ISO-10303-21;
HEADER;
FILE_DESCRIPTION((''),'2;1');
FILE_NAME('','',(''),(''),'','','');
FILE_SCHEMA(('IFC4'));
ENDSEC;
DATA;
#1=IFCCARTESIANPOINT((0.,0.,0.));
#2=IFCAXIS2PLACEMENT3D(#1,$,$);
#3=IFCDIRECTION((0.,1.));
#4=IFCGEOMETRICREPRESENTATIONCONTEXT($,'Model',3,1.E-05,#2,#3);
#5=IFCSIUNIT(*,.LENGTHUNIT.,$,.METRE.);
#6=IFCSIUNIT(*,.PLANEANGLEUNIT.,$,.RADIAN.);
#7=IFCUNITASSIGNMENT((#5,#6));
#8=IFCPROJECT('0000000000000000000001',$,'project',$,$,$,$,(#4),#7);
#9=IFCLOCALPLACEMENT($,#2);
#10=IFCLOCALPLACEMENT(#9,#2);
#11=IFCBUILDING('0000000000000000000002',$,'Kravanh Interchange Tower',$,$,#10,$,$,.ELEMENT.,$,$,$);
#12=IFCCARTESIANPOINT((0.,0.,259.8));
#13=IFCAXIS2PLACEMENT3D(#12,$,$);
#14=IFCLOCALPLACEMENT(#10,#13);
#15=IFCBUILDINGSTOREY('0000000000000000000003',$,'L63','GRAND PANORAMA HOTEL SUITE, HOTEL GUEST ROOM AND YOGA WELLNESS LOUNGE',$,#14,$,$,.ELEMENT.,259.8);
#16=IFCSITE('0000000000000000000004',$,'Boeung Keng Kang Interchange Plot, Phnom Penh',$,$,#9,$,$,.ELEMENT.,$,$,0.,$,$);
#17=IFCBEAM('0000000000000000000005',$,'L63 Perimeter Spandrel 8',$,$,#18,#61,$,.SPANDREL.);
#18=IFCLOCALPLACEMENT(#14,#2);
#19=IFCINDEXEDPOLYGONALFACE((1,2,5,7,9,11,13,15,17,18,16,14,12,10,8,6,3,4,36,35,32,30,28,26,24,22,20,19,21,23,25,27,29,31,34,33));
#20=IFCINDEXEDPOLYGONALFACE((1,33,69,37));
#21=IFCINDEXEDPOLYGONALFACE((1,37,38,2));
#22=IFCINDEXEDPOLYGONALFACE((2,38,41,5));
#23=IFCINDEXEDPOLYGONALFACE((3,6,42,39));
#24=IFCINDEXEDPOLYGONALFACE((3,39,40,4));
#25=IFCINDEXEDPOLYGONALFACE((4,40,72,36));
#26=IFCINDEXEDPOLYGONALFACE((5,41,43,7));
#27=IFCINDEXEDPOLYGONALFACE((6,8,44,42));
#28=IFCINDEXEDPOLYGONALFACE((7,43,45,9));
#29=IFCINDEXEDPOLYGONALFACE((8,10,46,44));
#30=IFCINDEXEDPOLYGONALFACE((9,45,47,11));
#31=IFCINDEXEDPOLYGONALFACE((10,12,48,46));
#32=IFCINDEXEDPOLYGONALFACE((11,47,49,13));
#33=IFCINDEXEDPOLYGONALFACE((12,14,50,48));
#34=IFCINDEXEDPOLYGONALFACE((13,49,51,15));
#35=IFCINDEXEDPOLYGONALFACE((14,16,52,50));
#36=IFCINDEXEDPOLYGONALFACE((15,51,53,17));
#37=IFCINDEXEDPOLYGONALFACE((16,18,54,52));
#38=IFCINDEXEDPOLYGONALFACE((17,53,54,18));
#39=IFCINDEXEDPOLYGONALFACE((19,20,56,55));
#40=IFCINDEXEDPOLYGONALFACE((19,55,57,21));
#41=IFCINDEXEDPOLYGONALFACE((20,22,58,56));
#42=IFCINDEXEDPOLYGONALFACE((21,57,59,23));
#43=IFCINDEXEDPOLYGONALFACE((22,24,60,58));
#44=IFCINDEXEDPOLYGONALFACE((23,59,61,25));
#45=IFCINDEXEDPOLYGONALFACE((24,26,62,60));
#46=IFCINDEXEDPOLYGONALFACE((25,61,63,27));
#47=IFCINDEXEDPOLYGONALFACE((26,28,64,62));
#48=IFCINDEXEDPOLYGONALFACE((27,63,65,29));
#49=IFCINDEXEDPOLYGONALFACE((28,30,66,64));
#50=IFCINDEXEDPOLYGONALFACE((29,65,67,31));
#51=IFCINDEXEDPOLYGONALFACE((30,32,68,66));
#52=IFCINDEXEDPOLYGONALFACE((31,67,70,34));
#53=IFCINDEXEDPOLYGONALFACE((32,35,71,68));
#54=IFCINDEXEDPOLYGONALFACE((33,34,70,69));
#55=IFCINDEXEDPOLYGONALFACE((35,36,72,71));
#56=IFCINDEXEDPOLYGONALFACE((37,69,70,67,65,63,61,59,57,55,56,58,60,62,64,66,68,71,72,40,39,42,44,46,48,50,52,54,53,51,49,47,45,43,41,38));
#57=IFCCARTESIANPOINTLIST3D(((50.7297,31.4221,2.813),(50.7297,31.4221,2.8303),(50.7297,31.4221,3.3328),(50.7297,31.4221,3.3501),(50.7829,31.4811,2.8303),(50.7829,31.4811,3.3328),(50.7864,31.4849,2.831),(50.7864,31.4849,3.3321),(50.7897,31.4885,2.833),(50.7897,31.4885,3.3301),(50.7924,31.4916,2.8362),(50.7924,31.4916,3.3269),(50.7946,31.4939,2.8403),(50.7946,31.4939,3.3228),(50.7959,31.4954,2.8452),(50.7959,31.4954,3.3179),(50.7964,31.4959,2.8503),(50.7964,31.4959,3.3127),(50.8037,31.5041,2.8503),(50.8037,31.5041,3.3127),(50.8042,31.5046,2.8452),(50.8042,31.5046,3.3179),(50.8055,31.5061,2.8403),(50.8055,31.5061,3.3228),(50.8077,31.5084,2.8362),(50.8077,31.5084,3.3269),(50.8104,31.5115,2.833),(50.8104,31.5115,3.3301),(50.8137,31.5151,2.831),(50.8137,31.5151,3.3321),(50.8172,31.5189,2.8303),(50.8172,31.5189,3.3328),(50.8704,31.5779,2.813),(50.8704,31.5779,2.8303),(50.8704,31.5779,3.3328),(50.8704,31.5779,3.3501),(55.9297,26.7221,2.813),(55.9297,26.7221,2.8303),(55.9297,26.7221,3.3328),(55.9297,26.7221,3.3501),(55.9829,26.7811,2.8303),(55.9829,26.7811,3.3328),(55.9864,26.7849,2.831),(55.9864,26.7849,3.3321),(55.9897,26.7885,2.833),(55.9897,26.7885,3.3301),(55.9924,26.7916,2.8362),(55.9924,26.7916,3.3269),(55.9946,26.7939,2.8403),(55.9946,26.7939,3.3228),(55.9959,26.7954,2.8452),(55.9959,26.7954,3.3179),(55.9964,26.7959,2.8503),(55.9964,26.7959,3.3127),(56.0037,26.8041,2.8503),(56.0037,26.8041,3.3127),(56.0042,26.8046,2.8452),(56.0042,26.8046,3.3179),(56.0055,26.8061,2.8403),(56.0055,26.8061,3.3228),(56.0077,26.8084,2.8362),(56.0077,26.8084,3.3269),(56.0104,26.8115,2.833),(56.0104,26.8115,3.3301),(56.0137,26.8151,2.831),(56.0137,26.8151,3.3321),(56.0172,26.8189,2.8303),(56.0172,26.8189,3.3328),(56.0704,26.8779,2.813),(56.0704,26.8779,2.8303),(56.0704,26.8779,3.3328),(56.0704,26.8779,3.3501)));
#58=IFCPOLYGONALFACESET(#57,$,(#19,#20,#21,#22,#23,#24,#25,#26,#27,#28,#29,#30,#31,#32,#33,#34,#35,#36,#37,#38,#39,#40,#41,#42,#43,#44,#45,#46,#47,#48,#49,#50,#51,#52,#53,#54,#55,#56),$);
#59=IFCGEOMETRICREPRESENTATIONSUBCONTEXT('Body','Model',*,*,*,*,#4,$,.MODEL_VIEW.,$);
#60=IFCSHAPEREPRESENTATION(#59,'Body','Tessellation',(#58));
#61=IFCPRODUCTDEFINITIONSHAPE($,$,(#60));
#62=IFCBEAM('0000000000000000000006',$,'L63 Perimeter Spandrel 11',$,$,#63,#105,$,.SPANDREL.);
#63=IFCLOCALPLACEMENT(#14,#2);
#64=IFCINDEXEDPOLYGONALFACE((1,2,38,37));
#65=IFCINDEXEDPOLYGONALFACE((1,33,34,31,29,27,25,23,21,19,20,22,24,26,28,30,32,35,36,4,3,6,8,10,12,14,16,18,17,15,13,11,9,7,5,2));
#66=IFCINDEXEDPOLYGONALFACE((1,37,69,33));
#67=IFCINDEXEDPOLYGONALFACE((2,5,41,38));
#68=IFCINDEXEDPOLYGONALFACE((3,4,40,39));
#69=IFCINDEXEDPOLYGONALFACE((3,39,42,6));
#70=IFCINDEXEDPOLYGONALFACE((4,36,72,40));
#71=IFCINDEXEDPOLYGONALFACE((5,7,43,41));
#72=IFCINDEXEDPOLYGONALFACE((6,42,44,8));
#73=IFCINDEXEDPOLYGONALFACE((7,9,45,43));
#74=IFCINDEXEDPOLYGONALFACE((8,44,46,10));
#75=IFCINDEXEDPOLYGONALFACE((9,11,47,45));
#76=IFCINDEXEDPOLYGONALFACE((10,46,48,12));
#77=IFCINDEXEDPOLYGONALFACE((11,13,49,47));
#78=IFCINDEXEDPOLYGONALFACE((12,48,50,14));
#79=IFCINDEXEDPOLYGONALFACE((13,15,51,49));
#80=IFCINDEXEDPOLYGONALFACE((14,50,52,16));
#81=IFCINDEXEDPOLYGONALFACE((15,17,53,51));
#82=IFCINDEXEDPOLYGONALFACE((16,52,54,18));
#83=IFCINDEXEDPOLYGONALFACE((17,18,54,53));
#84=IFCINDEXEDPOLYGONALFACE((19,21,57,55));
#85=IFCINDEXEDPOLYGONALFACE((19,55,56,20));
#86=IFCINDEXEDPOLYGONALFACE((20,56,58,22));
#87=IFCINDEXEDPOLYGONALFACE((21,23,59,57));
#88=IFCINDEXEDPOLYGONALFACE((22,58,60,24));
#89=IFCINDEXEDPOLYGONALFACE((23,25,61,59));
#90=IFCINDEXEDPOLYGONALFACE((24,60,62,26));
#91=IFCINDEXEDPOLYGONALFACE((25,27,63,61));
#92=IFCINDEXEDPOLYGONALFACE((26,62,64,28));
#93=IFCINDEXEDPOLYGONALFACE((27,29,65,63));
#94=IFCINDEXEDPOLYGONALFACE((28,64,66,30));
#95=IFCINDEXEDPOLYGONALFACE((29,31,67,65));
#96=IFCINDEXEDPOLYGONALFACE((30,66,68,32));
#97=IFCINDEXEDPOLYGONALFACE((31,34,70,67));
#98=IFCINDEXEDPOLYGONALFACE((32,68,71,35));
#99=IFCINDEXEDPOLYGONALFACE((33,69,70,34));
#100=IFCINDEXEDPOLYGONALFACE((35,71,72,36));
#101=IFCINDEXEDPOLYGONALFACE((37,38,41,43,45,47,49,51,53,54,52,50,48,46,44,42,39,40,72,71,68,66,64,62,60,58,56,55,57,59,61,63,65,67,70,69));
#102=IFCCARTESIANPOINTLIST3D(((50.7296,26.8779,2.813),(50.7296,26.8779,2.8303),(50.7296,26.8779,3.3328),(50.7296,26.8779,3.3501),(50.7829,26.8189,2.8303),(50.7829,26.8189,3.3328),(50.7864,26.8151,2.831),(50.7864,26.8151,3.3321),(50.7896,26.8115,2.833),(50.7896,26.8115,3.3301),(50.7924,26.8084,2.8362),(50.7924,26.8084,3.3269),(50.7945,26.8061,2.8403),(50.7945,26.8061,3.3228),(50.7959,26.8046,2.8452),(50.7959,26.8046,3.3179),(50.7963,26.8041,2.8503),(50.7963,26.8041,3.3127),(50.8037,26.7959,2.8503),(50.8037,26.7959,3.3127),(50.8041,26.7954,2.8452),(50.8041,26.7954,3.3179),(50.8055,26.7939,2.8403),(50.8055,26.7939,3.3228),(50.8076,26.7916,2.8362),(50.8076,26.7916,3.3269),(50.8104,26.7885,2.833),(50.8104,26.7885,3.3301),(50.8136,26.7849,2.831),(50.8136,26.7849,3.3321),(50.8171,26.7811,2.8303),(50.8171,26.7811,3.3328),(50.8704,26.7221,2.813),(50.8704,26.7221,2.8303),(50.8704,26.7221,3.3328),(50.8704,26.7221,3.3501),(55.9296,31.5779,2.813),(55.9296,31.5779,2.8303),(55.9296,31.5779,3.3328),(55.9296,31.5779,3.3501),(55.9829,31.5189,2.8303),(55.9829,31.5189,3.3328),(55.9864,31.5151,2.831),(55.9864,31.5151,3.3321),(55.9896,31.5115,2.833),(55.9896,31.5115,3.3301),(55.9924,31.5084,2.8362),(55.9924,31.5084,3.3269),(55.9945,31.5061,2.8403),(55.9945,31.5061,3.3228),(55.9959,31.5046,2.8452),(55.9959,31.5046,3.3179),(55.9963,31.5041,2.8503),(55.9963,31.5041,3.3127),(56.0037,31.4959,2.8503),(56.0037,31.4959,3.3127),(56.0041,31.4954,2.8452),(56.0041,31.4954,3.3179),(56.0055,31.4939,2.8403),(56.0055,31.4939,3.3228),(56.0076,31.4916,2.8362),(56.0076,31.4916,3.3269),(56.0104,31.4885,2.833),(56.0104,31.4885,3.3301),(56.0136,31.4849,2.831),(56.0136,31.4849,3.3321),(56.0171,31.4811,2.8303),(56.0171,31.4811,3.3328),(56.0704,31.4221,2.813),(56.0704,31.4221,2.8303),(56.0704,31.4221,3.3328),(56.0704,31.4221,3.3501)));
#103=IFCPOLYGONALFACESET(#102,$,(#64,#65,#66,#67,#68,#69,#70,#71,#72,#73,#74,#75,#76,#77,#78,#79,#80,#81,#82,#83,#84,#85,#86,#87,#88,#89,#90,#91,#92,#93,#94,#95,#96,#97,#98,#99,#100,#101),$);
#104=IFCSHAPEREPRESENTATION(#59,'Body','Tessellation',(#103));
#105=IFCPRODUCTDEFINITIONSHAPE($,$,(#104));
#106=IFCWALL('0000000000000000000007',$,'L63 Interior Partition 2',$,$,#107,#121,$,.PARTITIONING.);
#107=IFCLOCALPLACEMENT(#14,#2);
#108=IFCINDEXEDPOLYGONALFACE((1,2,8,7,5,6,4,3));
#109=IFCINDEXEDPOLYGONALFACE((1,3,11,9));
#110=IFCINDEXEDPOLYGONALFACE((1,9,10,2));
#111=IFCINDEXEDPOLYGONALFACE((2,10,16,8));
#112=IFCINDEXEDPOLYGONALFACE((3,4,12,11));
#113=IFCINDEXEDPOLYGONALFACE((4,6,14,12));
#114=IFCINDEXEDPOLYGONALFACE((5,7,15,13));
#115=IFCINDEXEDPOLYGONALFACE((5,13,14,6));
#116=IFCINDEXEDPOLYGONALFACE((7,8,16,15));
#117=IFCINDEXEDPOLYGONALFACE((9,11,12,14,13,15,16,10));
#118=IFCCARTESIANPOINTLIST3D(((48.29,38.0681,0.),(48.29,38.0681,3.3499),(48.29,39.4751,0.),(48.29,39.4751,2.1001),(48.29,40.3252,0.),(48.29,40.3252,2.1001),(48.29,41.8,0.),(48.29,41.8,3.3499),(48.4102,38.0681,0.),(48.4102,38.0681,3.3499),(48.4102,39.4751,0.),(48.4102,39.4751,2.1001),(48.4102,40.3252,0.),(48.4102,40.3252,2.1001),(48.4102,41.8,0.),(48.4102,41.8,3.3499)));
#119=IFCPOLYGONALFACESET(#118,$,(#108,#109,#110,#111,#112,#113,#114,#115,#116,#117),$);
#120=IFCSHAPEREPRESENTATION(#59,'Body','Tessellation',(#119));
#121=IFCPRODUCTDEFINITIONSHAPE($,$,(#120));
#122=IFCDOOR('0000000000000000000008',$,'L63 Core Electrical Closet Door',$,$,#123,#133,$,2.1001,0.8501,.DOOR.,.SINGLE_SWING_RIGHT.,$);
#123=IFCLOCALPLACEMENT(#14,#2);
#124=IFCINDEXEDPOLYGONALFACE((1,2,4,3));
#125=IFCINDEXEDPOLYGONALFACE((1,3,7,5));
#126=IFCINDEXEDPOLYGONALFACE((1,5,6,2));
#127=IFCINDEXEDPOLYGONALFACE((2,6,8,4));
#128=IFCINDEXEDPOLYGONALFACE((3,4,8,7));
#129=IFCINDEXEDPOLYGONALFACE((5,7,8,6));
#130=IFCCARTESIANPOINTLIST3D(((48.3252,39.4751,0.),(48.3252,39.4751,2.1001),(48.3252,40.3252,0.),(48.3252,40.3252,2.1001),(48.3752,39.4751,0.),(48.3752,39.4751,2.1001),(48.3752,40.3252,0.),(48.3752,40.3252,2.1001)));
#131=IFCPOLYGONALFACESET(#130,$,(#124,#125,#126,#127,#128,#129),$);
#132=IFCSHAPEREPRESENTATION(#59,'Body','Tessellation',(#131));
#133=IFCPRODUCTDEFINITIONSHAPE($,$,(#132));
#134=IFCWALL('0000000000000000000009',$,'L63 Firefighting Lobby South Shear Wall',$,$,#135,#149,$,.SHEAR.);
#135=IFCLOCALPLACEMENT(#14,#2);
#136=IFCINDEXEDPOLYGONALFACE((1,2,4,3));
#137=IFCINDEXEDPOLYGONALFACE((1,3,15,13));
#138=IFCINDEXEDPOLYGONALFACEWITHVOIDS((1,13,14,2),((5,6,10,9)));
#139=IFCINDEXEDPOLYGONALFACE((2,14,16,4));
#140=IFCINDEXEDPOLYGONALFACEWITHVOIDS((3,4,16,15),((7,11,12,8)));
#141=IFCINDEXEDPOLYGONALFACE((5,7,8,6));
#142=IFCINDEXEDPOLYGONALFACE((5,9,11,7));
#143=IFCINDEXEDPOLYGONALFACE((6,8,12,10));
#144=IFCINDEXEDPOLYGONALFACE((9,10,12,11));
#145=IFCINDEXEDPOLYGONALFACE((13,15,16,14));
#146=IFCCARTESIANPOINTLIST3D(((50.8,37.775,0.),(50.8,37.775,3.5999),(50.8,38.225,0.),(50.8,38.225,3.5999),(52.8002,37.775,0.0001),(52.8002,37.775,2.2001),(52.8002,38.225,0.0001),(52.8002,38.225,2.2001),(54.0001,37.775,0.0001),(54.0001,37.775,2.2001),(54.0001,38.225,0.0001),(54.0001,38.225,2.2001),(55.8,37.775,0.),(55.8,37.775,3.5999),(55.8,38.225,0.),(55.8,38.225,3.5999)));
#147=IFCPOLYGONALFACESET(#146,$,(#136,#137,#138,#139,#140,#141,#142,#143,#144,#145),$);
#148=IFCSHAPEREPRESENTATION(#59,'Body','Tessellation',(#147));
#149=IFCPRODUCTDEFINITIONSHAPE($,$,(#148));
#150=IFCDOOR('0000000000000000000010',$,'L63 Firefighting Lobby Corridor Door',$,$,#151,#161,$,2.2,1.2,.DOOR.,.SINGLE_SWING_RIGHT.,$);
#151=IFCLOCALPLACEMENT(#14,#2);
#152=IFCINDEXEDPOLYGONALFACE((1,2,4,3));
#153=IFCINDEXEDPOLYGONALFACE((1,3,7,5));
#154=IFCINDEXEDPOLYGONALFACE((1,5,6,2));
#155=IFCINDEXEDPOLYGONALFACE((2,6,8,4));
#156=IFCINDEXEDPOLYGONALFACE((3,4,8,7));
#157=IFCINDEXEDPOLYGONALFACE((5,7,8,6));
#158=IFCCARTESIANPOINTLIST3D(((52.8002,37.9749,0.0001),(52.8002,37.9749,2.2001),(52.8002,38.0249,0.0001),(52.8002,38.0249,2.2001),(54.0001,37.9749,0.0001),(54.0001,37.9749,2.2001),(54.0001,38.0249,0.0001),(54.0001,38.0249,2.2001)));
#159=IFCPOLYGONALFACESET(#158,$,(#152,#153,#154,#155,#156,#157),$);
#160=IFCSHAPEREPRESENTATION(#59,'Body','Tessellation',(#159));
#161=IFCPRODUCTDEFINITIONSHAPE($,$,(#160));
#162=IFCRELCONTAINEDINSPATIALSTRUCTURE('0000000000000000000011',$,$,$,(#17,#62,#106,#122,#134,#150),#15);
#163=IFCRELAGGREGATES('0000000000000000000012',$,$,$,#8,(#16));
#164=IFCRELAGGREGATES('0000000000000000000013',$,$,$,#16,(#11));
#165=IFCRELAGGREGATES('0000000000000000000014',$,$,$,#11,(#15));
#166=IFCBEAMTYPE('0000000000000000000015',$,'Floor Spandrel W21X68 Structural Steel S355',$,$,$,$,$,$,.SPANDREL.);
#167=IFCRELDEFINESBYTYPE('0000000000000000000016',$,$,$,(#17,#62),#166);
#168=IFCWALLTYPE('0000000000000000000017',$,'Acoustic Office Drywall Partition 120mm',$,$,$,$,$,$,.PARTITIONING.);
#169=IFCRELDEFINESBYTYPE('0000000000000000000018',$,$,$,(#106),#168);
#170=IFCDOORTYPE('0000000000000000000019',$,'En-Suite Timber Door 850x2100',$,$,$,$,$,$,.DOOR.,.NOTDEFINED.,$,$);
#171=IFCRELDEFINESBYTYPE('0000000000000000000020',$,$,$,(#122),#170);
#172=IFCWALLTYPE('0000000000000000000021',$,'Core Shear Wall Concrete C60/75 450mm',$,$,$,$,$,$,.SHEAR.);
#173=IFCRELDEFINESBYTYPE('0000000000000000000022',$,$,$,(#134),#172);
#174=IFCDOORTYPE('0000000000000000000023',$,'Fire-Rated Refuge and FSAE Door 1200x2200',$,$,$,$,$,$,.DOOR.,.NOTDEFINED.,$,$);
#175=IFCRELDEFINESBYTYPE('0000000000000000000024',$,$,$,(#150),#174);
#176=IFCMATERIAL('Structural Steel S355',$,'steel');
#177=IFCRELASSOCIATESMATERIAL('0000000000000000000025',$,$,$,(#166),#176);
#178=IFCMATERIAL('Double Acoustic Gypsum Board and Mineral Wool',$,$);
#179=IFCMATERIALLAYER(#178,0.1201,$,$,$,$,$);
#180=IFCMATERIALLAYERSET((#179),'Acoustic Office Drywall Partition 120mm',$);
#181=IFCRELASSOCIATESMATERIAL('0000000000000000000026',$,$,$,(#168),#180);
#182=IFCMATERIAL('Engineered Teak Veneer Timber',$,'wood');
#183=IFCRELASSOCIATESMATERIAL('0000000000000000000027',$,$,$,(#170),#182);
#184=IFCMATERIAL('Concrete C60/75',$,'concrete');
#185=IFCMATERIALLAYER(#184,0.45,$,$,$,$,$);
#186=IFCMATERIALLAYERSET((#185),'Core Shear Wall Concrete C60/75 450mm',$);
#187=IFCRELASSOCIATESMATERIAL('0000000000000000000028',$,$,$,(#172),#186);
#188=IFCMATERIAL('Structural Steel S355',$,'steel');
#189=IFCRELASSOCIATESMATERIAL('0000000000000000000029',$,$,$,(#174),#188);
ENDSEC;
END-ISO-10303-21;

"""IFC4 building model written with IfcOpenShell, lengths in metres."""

from ifc_helpers import new_model, si_unit, direction, frame, frame_2d, origin, origin_2d, place, context, subcontext, project, spatial, rectangle, i_section, extrude, material, layer, layer_set, material_profile, profile_set, type_object, element, fill, save


model = new_model("IFC4")

# Units and contexts
model_context = context("Model", 3, precision=1e-05, world=origin(), true_north=direction((0.0, 1.0)))
body_context = subcontext(model_context, "Body", "Model", "MODEL_VIEW")
ifc_project = project(units=[si_unit("LENGTHUNIT", "METRE"), si_unit("PLANEANGLEUNIT", "RADIAN")], contexts=[model_context])

# Site, building, storey
site_placement = place(None, origin())
site = spatial("IfcSite", under=ifc_project, at=site_placement, Name="Boeung Keng Kang Interchange Plot, Phnom Penh", CompositionType="ELEMENT", RefElevation=0.0)
building_placement = place(site_placement, origin())
building = spatial("IfcBuilding", under=site, at=building_placement, Name="Kravanh Interchange Tower", CompositionType="ELEMENT")
storey_placement = place(building_placement, frame((0.0, 0.0, 259.8)))
storey = spatial("IfcBuildingStorey", under=building, at=storey_placement, Name="L63", Description="GRAND PANORAMA HOTEL SUITE, HOTEL GUEST ROOM AND YOGA WELLNESS LOUNGE", CompositionType="ELEMENT", Elevation=259.8)

# Beams
ifc_material_1 = material(Name="Structural Steel S355", Category="steel")
ifc_material_profile_1 = material_profile(ifc_material_1, i_section(OverallWidth=0.21, OverallDepth=0.5371, WebThickness=0.011, FlangeThickness=0.0173, FilletRadius=0.02, at=origin_2d()), Name="W21X68")
ifc_profile_set_1 = profile_set([ifc_material_profile_1], Name="Structural Steel S355")
beam_type_1 = type_object("IfcBeamType", Name="Floor Spandrel W21X68 Structural Steel S355", PredefinedType="SPANDREL", material=ifc_profile_set_1)
for number, where, z_axis, x_axis, name in (
    (1, (50.8, 31.5, 3.0815), (0.741874, -0.670539, 0.0), (0.670539, 0.741874, 0.0), "L63 Perimeter Spandrel 8"),
    (2, (56.0, 31.5, 3.0815), (-0.741874, -0.670539, 0.0), (0.670539, -0.741874, 0.0), "L63 Perimeter Spandrel 11"),
):
    element("IfcBeam", number, at=place(storey_placement, frame(where, z_axis=z_axis, x_axis=x_axis)), inside=storey, type_object=beam_type_1, Name=name, PredefinedType="SPANDREL", context=body_context, shape_type="SweptSolid", body=[
        extrude(i_section(OverallWidth=0.21, OverallDepth=0.5371, WebThickness=0.011, FlangeThickness=0.0173, FilletRadius=0.02, at=origin_2d()), origin(), (0.0, 0.0, 1.0), 7.0093),
    ])

# Wall, opening, door
ifc_material_2 = material(Name="Double Acoustic Gypsum Board and Mineral Wool")
ifc_layer_1 = layer(ifc_material_2, 0.1201)
ifc_layer_set_1 = layer_set([ifc_layer_1], Name="Acoustic Office Drywall Partition 120mm")
wall_type_1 = type_object("IfcWallType", Name="Acoustic Office Drywall Partition 120mm", PredefinedType="PARTITIONING", material=ifc_layer_set_1)
wall_1_placement = place(storey_placement, frame((48.3501, 38.0681, 0.0), z_axis=(0.0, 0.0, 1.0), x_axis=(0.0, 1.0, 0.0)))
wall_1 = element("IfcWall", 3, at=wall_1_placement, inside=storey, type_object=wall_type_1, Name="L63 Interior Partition 2", PredefinedType="PARTITIONING", context=body_context, shape_type="SweptSolid", body=[
    extrude(rectangle(XDim=3.7319, YDim=0.1201, at=frame_2d((1.866, 0.0))), origin(), (0.0, 0.0, 1.0), 3.3499),
])
opening_1_placement = place(wall_1_placement, frame((1.407, 0.0, 0.0)))
opening_1 = element("IfcOpeningElement", 4, at=opening_1_placement, cuts=wall_1, PredefinedType="OPENING", context=body_context, shape_type="SweptSolid", body=[
    extrude(rectangle(XDim=0.8501, YDim=2.1001, at=frame_2d((0.425, 1.05))), frame((0.0, 0.0701, 0.0), z_axis=(0.0, -1.0, 0.0), x_axis=(1.0, 0.0, 0.0)), (0.0, 0.0, 1.0), 0.1401),
])
ifc_material_3 = material(Name="Engineered Teak Veneer Timber", Category="wood")
door_type_1 = type_object("IfcDoorType", Name="En-Suite Timber Door 850x2100", OperationType="NOTDEFINED", PredefinedType="DOOR", material=ifc_material_3)
door_1_placement = place(opening_1_placement, origin())
door_1 = element("IfcDoor", 5, at=door_1_placement, inside=storey, type_object=door_type_1, Name="L63 Core Electrical Closet Door", OperationType="SINGLE_SWING_RIGHT", OverallHeight=2.1001, OverallWidth=0.8501, PredefinedType="DOOR", context=body_context, shape_type="SweptSolid", body=[
    extrude(rectangle(XDim=0.8501, YDim=2.1001, at=frame_2d((0.425, 1.05))), frame((0.0, 0.0249, 0.0), z_axis=(0.0, -1.0, 0.0), x_axis=(1.0, 0.0, 0.0)), (0.0, 0.0, 1.0), 0.05),
])
fill(opening_1, door_1)

# Shared definitions
ifc_material_4 = material(Name="Concrete C60/75", Category="concrete")
ifc_layer_2 = layer(ifc_material_4, 0.45)
ifc_layer_set_2 = layer_set([ifc_layer_2], Name="Core Shear Wall Concrete C60/75 450mm")
wall_type_2 = type_object("IfcWallType", Name="Core Shear Wall Concrete C60/75 450mm", PredefinedType="SHEAR", material=ifc_layer_set_2)

# Wall, opening, door
wall_2_placement = place(storey_placement, frame((50.8, 38.0, 0.0), z_axis=(0.0, 0.0, 1.0), x_axis=(1.0, 0.0, 0.0)))
wall_2 = element("IfcWall", 6, at=wall_2_placement, inside=storey, type_object=wall_type_2, Name="L63 Firefighting Lobby South Shear Wall", PredefinedType="SHEAR", context=body_context, shape_type="SweptSolid", body=[
    extrude(rectangle(XDim=5.0, YDim=0.45, at=frame_2d((2.5, 0.0))), origin(), (0.0, 0.0, 1.0), 3.5999),
])
opening_2_placement = place(wall_2_placement, frame((2.0, 0.0, 0.0)))
opening_2 = element("IfcOpeningElement", 7, at=opening_2_placement, cuts=wall_2, PredefinedType="OPENING", context=body_context, shape_type="SweptSolid", body=[
    extrude(rectangle(XDim=1.2, YDim=2.2, at=frame_2d((0.6001, 1.1001))), frame((0.0, 0.2349, 0.0), z_axis=(0.0, -1.0, 0.0), x_axis=(1.0, 0.0, 0.0)), (0.0, 0.0, 1.0), 0.47),
])
ifc_material_5 = material(Name="Structural Steel S355", Category="steel")
door_type_2 = type_object("IfcDoorType", Name="Fire-Rated Refuge and FSAE Door 1200x2200", OperationType="NOTDEFINED", PredefinedType="DOOR", material=ifc_material_5)
door_2_placement = place(opening_2_placement, origin())
door_2 = element("IfcDoor", 8, at=door_2_placement, inside=storey, type_object=door_type_2, Name="L63 Firefighting Lobby Corridor Door", OperationType="SINGLE_SWING_RIGHT", OverallHeight=2.2, OverallWidth=1.2, PredefinedType="DOOR", context=body_context, shape_type="SweptSolid", body=[
    extrude(rectangle(XDim=1.2, YDim=2.2, at=frame_2d((0.6001, 1.1001))), frame((0.0, 0.0249, 0.0), z_axis=(0.0, -1.0, 0.0), x_axis=(1.0, 0.0, 0.0)), (0.0, 0.0, 1.0), 0.05),
])
fill(opening_2, door_2)

save(model, "model.ifc")
